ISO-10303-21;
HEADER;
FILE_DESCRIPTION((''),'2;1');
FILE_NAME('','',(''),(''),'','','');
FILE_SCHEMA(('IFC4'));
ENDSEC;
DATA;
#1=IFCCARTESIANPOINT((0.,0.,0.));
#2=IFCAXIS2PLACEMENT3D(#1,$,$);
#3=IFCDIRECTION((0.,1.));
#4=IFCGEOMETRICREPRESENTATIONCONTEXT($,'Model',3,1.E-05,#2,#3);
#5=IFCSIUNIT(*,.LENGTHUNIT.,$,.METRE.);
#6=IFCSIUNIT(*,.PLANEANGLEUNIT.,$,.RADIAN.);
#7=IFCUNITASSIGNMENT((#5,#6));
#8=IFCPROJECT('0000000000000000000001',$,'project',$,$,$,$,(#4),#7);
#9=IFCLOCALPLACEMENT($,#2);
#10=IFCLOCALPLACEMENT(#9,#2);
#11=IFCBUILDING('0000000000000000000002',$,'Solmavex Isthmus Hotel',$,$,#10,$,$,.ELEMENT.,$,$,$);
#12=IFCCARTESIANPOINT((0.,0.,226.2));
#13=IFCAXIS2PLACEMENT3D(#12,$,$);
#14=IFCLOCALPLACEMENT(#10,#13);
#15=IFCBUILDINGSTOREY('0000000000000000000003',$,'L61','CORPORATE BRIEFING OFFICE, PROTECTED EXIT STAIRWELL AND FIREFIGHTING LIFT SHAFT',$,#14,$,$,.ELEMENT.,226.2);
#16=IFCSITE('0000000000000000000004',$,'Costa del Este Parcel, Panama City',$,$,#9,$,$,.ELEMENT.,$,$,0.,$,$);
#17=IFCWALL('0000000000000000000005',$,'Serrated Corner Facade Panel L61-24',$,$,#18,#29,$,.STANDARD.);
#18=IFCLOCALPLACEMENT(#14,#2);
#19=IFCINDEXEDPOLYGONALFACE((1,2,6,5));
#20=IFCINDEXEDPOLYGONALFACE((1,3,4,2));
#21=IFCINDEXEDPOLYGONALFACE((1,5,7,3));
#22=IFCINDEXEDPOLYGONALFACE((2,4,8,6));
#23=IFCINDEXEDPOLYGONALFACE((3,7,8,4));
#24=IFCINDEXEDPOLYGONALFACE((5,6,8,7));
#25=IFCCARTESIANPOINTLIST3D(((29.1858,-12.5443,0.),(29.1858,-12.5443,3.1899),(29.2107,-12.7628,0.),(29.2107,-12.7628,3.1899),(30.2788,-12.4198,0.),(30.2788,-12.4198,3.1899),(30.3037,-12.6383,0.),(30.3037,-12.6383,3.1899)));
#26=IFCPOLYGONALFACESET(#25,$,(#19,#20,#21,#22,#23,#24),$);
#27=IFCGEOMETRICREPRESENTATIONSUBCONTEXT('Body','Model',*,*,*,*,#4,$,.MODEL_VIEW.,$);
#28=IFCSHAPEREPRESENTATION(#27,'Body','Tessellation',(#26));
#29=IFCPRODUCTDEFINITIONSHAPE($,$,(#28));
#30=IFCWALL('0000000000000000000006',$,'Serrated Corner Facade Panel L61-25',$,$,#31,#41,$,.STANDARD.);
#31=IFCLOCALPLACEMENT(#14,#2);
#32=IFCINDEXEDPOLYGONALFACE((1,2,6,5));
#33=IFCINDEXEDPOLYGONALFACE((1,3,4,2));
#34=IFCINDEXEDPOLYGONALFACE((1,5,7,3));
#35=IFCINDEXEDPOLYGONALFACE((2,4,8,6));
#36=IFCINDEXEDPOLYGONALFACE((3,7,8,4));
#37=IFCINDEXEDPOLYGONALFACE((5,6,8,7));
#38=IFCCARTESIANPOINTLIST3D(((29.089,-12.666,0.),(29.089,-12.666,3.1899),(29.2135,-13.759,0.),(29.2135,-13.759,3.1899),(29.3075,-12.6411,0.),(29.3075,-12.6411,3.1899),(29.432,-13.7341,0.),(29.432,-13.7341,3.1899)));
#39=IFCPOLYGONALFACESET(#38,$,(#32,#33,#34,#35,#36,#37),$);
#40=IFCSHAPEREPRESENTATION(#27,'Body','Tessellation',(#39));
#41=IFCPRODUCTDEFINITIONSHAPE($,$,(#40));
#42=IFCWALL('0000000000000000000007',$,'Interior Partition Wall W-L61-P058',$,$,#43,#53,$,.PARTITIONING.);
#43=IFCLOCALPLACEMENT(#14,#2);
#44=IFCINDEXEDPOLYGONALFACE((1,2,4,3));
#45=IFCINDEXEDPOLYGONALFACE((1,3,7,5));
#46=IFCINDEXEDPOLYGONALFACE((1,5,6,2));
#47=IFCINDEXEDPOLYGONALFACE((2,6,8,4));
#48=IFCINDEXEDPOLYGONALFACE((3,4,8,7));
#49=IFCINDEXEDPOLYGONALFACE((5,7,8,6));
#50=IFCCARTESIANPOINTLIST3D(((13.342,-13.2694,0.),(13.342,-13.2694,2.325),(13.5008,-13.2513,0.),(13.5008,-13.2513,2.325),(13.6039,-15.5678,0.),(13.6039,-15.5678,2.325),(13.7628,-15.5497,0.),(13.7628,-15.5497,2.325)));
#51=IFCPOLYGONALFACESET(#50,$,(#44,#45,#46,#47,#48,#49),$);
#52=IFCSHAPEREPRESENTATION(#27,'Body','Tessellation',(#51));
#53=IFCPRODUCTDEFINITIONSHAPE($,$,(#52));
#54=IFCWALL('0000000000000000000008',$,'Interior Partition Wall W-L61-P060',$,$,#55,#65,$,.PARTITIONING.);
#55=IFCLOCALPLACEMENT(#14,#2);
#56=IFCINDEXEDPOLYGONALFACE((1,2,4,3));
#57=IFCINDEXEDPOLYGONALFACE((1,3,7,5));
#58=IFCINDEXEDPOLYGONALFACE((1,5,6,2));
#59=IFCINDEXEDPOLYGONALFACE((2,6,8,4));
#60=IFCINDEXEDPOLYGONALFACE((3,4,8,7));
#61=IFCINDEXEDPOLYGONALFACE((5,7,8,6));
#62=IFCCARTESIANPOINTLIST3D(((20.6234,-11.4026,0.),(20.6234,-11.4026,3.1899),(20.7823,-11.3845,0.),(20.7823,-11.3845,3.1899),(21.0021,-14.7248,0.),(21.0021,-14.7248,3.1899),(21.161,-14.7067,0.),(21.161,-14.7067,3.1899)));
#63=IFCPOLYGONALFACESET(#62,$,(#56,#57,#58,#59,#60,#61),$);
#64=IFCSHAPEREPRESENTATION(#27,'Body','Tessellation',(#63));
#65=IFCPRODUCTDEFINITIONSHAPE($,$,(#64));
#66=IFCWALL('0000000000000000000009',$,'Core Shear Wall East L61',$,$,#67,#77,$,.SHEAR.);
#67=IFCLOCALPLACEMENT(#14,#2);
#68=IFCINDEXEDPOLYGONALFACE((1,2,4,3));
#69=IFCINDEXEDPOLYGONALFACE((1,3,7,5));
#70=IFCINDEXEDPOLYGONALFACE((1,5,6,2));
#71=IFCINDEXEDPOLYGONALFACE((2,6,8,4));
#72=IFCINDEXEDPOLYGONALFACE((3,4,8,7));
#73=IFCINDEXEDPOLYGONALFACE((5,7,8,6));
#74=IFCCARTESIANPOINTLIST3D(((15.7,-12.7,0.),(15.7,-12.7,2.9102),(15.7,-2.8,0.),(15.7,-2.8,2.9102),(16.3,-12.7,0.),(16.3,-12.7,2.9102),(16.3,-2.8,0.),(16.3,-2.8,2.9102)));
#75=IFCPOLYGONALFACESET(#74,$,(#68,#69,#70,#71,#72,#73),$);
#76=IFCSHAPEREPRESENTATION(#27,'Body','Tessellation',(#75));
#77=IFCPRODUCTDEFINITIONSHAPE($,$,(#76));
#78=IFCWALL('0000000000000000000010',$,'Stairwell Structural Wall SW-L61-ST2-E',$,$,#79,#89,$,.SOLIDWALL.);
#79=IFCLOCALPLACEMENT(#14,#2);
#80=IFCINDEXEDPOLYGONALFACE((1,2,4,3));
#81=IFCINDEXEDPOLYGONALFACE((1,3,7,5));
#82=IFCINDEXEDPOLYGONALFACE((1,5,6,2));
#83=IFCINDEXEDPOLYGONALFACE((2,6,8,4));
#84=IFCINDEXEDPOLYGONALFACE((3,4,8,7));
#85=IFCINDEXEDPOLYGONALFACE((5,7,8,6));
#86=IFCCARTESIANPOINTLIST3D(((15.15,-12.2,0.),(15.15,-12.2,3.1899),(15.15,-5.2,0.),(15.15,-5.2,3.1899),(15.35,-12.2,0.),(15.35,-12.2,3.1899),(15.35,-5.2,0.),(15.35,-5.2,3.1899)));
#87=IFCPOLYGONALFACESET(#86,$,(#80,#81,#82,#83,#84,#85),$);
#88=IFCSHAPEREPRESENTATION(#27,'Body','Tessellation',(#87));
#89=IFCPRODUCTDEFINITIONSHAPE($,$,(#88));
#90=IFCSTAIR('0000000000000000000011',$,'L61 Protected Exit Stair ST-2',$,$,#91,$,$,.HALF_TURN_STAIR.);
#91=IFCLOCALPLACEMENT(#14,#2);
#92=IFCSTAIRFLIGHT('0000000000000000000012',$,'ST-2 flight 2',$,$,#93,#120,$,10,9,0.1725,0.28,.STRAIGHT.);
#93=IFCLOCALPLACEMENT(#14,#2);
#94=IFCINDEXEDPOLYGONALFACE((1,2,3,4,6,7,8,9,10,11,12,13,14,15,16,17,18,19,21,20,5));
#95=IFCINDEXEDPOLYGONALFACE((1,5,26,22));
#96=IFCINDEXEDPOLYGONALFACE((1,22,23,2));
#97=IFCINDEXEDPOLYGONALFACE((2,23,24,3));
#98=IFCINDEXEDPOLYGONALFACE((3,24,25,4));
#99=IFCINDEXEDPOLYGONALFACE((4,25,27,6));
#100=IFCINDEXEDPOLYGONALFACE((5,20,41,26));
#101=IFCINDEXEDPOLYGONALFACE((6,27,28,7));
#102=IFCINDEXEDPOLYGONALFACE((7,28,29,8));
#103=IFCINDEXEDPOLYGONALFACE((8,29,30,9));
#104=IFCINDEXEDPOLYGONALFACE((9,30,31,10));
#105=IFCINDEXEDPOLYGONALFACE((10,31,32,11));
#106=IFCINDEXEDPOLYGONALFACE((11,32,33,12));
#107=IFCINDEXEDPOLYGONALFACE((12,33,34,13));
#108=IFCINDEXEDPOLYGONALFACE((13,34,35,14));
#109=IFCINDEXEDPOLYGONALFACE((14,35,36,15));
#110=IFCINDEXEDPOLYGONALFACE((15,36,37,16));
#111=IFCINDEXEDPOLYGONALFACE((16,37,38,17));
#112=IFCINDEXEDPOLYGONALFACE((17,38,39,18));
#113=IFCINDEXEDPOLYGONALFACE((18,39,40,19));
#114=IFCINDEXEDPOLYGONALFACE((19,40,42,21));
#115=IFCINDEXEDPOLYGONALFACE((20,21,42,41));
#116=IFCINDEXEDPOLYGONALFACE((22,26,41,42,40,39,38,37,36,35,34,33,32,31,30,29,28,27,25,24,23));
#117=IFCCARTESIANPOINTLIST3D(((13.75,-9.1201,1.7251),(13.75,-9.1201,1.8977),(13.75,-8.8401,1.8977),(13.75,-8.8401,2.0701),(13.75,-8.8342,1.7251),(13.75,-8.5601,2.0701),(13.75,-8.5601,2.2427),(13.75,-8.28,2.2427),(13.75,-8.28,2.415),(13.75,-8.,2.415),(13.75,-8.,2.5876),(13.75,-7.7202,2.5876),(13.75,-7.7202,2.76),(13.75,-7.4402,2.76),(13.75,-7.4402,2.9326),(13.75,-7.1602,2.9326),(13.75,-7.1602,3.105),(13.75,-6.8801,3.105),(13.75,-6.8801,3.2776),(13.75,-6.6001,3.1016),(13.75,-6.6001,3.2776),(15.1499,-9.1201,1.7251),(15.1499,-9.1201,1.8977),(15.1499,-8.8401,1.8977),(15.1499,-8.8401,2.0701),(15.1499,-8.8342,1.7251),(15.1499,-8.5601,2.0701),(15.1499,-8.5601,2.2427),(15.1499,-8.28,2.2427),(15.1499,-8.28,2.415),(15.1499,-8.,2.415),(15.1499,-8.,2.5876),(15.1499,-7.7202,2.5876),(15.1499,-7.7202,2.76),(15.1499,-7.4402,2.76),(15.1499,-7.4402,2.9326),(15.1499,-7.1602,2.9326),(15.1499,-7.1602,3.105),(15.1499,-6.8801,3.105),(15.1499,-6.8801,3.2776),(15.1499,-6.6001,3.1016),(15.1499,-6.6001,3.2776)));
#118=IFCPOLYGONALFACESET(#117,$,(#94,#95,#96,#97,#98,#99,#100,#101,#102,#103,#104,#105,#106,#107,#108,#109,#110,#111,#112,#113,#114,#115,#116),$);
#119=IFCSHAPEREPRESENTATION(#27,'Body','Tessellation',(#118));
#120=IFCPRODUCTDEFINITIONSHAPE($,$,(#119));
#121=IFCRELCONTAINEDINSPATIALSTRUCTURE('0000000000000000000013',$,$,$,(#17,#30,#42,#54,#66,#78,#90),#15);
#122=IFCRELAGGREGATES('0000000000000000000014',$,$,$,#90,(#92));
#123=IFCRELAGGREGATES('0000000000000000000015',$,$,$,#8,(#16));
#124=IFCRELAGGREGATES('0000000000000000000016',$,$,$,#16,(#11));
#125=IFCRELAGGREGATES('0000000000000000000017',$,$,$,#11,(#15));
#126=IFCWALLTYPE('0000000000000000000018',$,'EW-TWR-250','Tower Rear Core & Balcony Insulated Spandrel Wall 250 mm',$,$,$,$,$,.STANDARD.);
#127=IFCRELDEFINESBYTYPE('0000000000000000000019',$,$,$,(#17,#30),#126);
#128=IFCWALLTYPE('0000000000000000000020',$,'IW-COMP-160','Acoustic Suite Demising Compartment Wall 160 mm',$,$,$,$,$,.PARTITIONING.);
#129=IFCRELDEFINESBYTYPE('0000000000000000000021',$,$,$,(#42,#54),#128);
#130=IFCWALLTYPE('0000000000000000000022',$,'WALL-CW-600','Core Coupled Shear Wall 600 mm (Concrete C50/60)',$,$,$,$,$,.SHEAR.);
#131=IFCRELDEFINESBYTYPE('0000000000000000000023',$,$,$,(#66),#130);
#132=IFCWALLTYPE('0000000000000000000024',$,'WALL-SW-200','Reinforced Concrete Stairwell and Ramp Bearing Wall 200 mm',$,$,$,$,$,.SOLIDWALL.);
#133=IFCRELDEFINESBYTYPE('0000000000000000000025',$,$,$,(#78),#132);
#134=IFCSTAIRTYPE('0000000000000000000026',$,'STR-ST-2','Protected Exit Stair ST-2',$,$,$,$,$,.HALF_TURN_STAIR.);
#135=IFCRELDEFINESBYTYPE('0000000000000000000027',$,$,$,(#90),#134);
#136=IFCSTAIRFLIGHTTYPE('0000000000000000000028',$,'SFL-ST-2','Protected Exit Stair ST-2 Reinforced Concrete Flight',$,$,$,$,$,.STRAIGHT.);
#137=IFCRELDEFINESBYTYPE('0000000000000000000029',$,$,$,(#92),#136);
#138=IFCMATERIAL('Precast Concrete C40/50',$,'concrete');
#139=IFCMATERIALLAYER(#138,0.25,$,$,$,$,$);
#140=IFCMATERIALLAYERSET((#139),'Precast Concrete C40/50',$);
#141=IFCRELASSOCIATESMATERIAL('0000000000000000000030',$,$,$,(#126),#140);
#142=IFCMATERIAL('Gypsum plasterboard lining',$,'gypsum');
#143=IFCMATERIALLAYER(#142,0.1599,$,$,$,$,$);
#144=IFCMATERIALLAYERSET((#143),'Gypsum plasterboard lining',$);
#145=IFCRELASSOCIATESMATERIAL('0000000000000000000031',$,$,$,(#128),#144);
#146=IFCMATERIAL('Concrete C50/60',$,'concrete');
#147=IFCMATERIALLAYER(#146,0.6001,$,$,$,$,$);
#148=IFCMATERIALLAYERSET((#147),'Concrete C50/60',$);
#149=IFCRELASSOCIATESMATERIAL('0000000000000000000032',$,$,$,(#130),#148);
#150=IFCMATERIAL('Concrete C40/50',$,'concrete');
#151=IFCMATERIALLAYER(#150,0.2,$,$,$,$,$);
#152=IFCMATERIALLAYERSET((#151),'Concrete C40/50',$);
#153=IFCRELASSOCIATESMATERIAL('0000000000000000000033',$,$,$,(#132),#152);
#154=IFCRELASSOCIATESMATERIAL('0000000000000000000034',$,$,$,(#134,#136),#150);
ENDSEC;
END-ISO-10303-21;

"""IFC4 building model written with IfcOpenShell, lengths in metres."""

from ifc_helpers import new_model, si_unit, direction, frame, frame_2d, origin, place, context, subcontext, project, spatial, polyline, rectangle, outline, extrude, material, layer, layer_set, type_object, element, aggregate, save


model = new_model("IFC4")

# Units and contexts
model_context = context("Model", 3, precision=1e-05, world=origin(), true_north=direction((0.0, 1.0)))
body_context = subcontext(model_context, "Body", "Model", "MODEL_VIEW")
ifc_project = project(units=[si_unit("LENGTHUNIT", "METRE"), si_unit("PLANEANGLEUNIT", "RADIAN")], contexts=[model_context])

# Site, building, storey
site_placement = place(None, origin())
site = spatial("IfcSite", under=ifc_project, at=site_placement, Name="Costa del Este Parcel, Panama City", CompositionType="ELEMENT", RefElevation=0.0)
building_placement = place(site_placement, origin())
building = spatial("IfcBuilding", under=site, at=building_placement, Name="Solmavex Isthmus Hotel", CompositionType="ELEMENT")
storey_placement = place(building_placement, frame((0.0, 0.0, 226.2)))
storey = spatial("IfcBuildingStorey", under=building, at=storey_placement, Name="L61", Description="CORPORATE BRIEFING OFFICE, PROTECTED EXIT STAIRWELL AND FIREFIGHTING LIFT SHAFT", CompositionType="ELEMENT", Elevation=226.2)

# Shared definitions
ifc_material_1 = material(Name="Concrete C50/60", Category="concrete")

# Walls
ifc_material_2 = material(Name="Precast Concrete C40/50", Category="concrete")
ifc_layer_1 = layer(ifc_material_2, 0.25)
ifc_layer_set_1 = layer_set([ifc_layer_1], Name="Precast Concrete C40/50")
wall_type_1 = type_object("IfcWallType", Name="EW-TWR-250", Description="Tower Rear Core & Balcony Insulated Spandrel Wall 250 mm", PredefinedType="STANDARD", material=ifc_layer_set_1)
for number, where, z_axis, x_axis, name in (
    (1, (30.2913, -12.5291, 0.0), (0.0, 0.0, 1.0), (-0.993574, -0.113184, 0.0), "Serrated Corner Facade Panel L61-24"),
    (2, (29.1982, -12.6536, 0.0), (0.0, 0.0, 1.0), (0.113184, -0.993574, 0.0), "Serrated Corner Facade Panel L61-25"),
):
    element("IfcWall", number, at=place(storey_placement, frame(where, z_axis=z_axis, x_axis=x_axis)), inside=storey, type_object=wall_type_1, Name=name, PredefinedType="STANDARD", context=body_context, shape_type="SweptSolid", body=[
        extrude(rectangle(XDim=1.1001, YDim=0.22, at=frame_2d((0.55, 0.0))), origin(), (0.0, 0.0, 1.0), 3.1899),
    ])
ifc_material_3 = material(Name="Gypsum plasterboard lining", Category="gypsum")
ifc_layer_2 = layer(ifc_material_3, 0.1599)
ifc_layer_set_2 = layer_set([ifc_layer_2], Name="Gypsum plasterboard lining")
wall_type_2 = type_object("IfcWallType", Name="IW-COMP-160", Description="Acoustic Suite Demising Compartment Wall 160 mm", PredefinedType="PARTITIONING", material=ifc_layer_set_2)
wall_1_placement = place(storey_placement, frame((13.4214, -13.2603, 0.0), z_axis=(0.0, 0.0, 1.0), x_axis=(0.113246, -0.993567, 0.0)))
element("IfcWall", 3, at=wall_1_placement, inside=storey, type_object=wall_type_2, Name="Interior Partition Wall W-L61-P058", PredefinedType="PARTITIONING", context=body_context, shape_type="SweptSolid", body=[
    extrude(rectangle(XDim=2.3132, YDim=0.1599, at=frame_2d((1.1567, 0.0))), origin(), (0.0, 0.0, 1.0), 2.325),
])
wall_2_placement = place(storey_placement, frame((20.7029, -11.3936, 0.0), z_axis=(0.0, 0.0, 1.0), x_axis=(0.113244, -0.993567, 0.0)))
element("IfcWall", 4, at=wall_2_placement, inside=storey, type_object=wall_type_2, Name="Interior Partition Wall W-L61-P060", PredefinedType="PARTITIONING", context=body_context, shape_type="SweptSolid", body=[
    extrude(rectangle(XDim=3.3438, YDim=0.1599, at=frame_2d((1.6719, 0.0))), origin(), (0.0, 0.0, 1.0), 3.1899),
])
ifc_layer_3 = layer(ifc_material_1, 0.6001)
ifc_layer_set_3 = layer_set([ifc_layer_3], Name="Concrete C50/60")
wall_type_3 = type_object("IfcWallType", Name="WALL-CW-600", Description="Core Coupled Shear Wall 600 mm (Concrete C50/60)", PredefinedType="SHEAR", material=ifc_layer_set_3)
wall_3_placement = place(storey_placement, frame((16.0, -12.7, 0.0), z_axis=(0.0, 0.0, 1.0), x_axis=(0.0, 1.0, 0.0)))
element("IfcWall", 5, at=wall_3_placement, inside=storey, type_object=wall_type_3, Name="Core Shear Wall East L61", PredefinedType="SHEAR", context=body_context, shape_type="SweptSolid", body=[
    extrude(rectangle(XDim=9.8999, YDim=0.6001, at=frame_2d((4.95, 0.0))), origin(), (0.0, 0.0, 1.0), 2.9102),
])
ifc_material_4 = material(Name="Concrete C40/50", Category="concrete")
ifc_layer_4 = layer(ifc_material_4, 0.2)
ifc_layer_set_4 = layer_set([ifc_layer_4], Name="Concrete C40/50")
wall_type_4 = type_object("IfcWallType", Name="WALL-SW-200", Description="Reinforced Concrete Stairwell and Ramp Bearing Wall 200 mm", PredefinedType="SOLIDWALL", material=ifc_layer_set_4)
wall_4_placement = place(storey_placement, frame((15.25, -12.2, 0.0), z_axis=(0.0, 0.0, 1.0), x_axis=(0.0, 1.0, 0.0)))
element("IfcWall", 6, at=wall_4_placement, inside=storey, type_object=wall_type_4, Name="Stairwell Structural Wall SW-L61-ST2-E", PredefinedType="SOLIDWALL", context=body_context, shape_type="SweptSolid", body=[
    extrude(rectangle(XDim=7.0, YDim=0.2, at=frame_2d((3.5, 0.0))), origin(), (0.0, 0.0, 1.0), 3.1899),
])

# Stair, stair flight
stair_type = type_object("IfcStairType", Name="STR-ST-2", Description="Protected Exit Stair ST-2", PredefinedType="HALF_TURN_STAIR", material=ifc_material_4)
stair_placement = place(storey_placement, origin())
stair = element("IfcStair", 7, at=stair_placement, inside=storey, type_object=stair_type, Name="L61 Protected Exit Stair ST-2", PredefinedType="HALF_TURN_STAIR")
stair_flight_type = type_object("IfcStairFlightType", Name="SFL-ST-2", Description="Protected Exit Stair ST-2 Reinforced Concrete Flight", PredefinedType="STRAIGHT", material=ifc_material_4)
stair_flight_placement = place(storey_placement, frame((14.45, -9.1201, 1.7251), z_axis=(0.0, 0.0, 1.0), x_axis=(0.0, 1.0, 0.0)))
stair_flight = element("IfcStairFlight", 8, at=stair_flight_placement, type_object=stair_flight_type, Name="ST-2 flight 2", NumberOfRisers=10, NumberOfTreads=9, PredefinedType="STRAIGHT", RiserHeight=0.1725, TreadLength=0.28, context=body_context, shape_type="SweptSolid", body=[
    extrude(outline(polyline([(0.0, 0.0), (0.0, 0.1726), (0.28, 0.1726), (0.28, 0.345), (0.5601, 0.345), (0.5601, 0.5176), (0.8401, 0.5176), (0.8401, 0.6899), (1.1201, 0.6899), (1.1201, 0.8625), (1.3999, 0.8625), (1.3999, 1.0349), (1.6799, 1.0349), (1.6799, 1.2075), (1.96, 1.2075), (1.96, 1.3799), (2.24, 1.3799), (2.24, 1.5525), (2.52, 1.5525), (2.52, 1.7251), (2.52, 1.3765), (0.2859, 0.0), (0.0, 0.0)])), frame((0.0, 0.7, 0.0), z_axis=(0.0, -1.0, 0.0), x_axis=(1.0, 0.0, 0.0)), (0.0, 0.0, 1.0), 1.3999),
])
aggregate(stair, [stair_flight])

save(model, "model.ifc")
